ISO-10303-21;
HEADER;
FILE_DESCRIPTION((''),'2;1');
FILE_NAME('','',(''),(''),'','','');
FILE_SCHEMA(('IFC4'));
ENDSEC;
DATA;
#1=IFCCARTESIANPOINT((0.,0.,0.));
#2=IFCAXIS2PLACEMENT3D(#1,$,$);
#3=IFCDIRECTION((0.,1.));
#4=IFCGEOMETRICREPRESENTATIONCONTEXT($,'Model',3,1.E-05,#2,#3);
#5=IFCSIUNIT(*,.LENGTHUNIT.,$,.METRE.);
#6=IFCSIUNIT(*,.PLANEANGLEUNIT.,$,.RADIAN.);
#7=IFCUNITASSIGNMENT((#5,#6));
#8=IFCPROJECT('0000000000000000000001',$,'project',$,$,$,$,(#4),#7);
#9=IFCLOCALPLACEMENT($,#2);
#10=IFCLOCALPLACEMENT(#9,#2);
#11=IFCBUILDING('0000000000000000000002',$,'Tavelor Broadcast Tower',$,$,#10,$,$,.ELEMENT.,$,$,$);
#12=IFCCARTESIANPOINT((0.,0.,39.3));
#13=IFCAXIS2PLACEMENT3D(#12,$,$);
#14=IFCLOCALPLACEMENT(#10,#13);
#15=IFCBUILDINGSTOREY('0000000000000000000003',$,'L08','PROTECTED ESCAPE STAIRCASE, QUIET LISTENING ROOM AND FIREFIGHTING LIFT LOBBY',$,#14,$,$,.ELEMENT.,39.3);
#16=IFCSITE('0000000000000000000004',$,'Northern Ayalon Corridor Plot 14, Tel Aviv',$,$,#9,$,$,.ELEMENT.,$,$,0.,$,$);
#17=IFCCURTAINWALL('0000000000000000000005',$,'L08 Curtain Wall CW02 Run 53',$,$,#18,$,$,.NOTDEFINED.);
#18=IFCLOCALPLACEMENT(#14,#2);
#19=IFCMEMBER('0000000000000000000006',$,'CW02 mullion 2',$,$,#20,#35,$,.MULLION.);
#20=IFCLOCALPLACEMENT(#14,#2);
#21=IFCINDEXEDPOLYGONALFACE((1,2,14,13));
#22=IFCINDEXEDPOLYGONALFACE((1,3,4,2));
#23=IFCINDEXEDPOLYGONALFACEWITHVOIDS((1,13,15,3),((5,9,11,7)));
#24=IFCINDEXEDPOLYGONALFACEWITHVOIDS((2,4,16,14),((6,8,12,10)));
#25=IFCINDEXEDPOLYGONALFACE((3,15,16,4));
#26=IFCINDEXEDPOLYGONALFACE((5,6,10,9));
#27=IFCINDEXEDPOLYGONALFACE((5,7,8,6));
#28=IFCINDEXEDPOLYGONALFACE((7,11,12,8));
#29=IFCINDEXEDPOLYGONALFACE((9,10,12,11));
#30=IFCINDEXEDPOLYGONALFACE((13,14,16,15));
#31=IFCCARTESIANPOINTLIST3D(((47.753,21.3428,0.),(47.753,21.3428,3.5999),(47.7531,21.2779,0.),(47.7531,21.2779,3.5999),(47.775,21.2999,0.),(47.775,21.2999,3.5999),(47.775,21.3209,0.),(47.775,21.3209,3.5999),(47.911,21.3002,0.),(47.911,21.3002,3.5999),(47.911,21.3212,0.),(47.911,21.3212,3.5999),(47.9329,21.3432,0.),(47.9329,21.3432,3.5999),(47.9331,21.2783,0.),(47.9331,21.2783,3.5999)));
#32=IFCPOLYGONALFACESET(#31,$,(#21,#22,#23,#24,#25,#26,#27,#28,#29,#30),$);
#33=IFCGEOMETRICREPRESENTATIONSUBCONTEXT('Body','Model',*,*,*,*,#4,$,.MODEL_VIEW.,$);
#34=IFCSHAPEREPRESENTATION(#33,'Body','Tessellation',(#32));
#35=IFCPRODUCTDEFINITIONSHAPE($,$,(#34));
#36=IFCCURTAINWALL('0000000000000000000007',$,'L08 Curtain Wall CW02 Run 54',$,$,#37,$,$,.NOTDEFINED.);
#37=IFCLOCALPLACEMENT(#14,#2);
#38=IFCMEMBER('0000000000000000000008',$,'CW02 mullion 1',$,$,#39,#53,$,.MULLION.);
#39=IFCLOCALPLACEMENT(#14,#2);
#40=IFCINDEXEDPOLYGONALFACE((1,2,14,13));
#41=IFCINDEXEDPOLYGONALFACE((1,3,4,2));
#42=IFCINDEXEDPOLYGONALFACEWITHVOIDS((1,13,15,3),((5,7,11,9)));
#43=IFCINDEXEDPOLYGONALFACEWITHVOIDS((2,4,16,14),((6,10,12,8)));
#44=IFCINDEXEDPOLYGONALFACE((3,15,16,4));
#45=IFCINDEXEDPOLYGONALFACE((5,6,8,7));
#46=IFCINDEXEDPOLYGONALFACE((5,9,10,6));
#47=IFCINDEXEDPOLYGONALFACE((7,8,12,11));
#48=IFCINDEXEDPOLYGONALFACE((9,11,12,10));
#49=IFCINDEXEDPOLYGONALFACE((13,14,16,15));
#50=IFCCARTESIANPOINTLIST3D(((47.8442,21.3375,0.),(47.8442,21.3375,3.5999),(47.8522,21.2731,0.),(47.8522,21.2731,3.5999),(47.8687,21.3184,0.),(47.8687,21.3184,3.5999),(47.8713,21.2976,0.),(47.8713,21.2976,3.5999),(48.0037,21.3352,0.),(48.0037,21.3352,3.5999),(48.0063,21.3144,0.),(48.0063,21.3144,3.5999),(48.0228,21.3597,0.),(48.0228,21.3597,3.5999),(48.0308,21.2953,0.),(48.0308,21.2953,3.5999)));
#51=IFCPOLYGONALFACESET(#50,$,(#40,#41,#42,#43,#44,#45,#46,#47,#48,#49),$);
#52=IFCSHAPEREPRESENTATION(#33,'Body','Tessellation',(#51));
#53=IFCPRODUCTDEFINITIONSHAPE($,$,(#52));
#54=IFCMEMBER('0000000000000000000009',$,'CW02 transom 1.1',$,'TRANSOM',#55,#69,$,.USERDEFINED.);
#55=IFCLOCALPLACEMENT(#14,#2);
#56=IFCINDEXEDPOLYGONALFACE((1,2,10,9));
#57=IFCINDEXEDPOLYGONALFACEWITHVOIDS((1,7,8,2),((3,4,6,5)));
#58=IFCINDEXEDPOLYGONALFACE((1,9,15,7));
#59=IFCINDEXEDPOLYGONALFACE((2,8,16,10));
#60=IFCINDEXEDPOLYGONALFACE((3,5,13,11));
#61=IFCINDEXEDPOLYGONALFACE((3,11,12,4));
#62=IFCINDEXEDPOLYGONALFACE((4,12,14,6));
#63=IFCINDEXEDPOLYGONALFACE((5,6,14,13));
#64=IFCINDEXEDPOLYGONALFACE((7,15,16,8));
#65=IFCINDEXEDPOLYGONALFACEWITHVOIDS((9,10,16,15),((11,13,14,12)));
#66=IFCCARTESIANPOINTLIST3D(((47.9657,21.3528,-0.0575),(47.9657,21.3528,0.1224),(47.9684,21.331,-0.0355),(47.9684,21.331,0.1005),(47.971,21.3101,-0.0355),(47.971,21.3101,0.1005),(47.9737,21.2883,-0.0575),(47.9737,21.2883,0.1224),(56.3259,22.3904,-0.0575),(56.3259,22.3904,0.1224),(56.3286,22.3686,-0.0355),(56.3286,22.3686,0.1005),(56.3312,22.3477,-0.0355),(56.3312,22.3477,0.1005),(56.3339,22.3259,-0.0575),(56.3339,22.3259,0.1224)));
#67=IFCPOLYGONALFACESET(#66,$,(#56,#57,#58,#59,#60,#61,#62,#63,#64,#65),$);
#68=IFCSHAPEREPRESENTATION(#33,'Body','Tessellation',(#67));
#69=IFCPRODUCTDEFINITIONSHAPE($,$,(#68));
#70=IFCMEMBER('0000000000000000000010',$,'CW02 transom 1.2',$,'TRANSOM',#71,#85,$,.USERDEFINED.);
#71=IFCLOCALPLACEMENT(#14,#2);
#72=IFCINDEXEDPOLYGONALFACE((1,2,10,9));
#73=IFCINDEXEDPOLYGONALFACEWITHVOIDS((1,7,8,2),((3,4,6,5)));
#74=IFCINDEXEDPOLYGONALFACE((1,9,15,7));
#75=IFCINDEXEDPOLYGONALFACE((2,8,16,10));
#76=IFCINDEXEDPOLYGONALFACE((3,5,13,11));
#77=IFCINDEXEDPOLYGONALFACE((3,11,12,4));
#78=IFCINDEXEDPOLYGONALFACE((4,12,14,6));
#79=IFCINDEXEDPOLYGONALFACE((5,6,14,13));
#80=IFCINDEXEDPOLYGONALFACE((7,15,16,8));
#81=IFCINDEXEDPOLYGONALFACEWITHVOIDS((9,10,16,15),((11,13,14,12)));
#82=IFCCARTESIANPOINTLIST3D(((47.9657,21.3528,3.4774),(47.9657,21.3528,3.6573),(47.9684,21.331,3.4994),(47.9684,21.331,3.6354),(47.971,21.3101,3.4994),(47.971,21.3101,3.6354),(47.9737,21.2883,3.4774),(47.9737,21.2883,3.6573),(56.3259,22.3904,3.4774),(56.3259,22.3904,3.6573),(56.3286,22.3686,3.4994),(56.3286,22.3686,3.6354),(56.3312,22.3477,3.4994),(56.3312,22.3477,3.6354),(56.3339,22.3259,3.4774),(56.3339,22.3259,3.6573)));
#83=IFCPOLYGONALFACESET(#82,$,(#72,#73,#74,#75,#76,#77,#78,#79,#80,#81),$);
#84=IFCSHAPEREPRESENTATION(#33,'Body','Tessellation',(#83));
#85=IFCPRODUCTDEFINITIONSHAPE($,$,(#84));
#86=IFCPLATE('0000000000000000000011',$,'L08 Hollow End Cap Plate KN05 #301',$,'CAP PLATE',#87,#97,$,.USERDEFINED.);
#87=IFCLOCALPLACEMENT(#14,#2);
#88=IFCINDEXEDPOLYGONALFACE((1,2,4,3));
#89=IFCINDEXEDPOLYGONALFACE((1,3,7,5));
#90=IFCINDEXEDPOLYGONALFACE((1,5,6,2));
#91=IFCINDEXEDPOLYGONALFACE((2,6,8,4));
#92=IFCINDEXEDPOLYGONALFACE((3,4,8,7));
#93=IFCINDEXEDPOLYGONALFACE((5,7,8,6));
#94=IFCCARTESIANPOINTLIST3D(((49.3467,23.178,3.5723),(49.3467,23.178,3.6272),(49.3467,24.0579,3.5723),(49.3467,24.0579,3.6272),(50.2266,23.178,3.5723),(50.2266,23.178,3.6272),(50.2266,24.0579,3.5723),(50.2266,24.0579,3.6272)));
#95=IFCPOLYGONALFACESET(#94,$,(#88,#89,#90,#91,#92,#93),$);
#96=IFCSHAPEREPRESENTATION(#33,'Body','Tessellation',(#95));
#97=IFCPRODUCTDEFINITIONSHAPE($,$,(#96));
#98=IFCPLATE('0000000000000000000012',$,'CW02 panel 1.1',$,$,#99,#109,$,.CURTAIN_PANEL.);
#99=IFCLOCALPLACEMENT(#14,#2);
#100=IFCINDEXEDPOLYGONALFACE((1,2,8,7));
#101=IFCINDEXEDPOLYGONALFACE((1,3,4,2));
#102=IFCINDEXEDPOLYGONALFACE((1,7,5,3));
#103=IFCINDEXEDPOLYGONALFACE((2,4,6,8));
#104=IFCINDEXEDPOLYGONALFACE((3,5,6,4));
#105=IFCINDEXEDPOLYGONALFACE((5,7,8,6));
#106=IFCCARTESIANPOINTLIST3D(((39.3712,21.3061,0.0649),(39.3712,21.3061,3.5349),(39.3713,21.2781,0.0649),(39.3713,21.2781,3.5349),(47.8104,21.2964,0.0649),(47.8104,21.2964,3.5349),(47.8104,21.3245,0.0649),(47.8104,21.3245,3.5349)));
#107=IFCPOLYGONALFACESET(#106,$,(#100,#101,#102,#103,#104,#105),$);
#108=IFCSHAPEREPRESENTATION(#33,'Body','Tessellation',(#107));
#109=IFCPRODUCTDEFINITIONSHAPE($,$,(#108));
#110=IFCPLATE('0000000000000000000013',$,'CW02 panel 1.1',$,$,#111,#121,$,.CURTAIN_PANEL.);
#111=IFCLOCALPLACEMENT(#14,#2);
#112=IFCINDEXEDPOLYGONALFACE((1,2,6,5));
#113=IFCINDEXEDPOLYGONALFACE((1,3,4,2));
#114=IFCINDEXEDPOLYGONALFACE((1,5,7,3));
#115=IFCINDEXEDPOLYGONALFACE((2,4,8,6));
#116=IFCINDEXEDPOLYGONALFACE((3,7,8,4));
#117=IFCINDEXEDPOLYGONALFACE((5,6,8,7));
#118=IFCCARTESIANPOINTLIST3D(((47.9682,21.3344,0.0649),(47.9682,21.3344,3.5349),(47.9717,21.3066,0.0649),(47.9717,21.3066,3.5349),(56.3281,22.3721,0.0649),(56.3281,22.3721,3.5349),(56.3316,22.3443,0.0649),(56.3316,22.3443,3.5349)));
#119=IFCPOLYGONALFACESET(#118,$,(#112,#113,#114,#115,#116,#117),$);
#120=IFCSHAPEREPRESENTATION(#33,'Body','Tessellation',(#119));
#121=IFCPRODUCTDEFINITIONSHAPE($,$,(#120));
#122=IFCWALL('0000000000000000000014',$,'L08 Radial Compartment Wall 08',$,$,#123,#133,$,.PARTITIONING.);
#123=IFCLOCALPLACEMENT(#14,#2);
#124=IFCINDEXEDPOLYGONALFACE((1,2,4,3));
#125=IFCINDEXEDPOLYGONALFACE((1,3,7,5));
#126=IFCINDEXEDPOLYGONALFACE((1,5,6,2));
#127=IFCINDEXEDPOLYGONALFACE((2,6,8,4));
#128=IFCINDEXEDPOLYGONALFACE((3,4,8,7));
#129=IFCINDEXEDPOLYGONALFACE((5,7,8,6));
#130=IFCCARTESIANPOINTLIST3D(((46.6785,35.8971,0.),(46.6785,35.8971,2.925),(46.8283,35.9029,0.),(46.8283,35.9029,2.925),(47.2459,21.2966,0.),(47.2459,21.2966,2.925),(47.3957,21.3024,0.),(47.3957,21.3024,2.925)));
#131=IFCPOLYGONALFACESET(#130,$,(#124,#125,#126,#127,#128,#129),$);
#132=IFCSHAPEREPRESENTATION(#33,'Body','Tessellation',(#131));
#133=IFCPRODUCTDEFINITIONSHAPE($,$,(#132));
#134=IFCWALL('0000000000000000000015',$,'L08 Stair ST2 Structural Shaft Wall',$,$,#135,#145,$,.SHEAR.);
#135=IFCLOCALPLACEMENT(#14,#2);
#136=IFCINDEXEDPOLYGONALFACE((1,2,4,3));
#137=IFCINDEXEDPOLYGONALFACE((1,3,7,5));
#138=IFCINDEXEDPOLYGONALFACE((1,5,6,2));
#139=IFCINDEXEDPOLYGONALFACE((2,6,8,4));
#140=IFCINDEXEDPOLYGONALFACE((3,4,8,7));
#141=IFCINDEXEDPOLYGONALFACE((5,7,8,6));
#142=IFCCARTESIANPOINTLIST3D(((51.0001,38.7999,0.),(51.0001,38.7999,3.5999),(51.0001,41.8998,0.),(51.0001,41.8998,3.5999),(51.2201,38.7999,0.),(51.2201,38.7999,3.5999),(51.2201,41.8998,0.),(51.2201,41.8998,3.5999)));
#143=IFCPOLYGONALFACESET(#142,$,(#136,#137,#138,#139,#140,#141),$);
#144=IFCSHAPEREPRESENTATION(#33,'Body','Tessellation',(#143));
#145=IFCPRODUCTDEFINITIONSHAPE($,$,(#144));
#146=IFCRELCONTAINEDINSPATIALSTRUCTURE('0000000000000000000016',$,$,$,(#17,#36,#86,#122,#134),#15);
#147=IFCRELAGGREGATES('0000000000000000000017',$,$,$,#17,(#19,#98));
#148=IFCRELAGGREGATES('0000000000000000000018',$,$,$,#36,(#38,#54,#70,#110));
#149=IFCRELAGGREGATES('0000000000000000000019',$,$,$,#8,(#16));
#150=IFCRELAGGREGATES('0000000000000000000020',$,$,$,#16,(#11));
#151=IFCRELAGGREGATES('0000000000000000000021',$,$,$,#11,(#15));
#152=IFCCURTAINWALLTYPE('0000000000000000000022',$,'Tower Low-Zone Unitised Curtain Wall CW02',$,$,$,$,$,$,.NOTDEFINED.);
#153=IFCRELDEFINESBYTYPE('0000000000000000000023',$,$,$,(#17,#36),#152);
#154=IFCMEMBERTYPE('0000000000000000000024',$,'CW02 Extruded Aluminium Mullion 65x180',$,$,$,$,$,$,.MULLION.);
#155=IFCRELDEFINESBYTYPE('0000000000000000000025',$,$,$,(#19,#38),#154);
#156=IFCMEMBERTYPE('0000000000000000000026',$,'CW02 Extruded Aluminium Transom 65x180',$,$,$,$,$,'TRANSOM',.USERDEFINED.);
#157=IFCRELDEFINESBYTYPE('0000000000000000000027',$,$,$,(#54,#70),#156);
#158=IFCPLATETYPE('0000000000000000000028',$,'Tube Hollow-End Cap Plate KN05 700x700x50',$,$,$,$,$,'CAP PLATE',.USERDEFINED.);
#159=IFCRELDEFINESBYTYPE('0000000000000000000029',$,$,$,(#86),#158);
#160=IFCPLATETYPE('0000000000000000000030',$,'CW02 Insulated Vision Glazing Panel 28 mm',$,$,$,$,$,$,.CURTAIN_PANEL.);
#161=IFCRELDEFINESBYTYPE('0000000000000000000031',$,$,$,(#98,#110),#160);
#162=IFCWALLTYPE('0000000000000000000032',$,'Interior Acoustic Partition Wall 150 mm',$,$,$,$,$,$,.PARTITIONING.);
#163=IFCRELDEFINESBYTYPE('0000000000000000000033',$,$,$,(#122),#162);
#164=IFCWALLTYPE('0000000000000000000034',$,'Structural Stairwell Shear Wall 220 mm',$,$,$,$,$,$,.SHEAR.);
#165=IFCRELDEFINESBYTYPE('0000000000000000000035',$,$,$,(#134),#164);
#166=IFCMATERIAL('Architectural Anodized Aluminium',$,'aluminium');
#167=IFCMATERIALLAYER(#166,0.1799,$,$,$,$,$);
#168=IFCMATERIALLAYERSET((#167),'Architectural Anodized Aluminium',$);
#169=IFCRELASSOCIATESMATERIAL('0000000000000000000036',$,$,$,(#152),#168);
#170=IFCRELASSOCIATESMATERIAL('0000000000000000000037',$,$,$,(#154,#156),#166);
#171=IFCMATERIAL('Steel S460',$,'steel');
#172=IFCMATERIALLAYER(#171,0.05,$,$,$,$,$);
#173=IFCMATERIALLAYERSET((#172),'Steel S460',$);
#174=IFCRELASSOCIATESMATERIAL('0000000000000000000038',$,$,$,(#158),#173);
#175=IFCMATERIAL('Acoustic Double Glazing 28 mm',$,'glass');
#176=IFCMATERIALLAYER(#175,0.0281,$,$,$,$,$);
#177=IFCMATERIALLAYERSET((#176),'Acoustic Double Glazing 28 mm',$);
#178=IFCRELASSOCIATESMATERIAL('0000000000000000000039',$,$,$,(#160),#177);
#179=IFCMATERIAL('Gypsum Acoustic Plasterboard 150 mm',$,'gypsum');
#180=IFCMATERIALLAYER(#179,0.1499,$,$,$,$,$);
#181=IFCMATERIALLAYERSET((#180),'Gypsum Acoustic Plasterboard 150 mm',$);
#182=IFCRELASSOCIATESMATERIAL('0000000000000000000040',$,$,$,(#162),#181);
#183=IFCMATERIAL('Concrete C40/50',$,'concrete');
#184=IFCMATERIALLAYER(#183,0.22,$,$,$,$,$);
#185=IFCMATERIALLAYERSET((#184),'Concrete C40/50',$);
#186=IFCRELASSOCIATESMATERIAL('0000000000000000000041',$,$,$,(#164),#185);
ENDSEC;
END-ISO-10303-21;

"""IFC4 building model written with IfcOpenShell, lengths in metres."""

from ifc_helpers import new_model, si_unit, direction, frame, frame_2d, origin, origin_2d, place, context, subcontext, project, spatial, rectangle, hollow_rectangle, extrude, source, transform, mapped, material, layer, layer_set, material_profile, profile_set, type_object, type_shapes, element, aggregate, save


model = new_model("IFC4")

# Units and contexts
model_context = context("Model", 3, precision=1e-05, world=origin(), true_north=direction((0.0, 1.0)))
body_context = subcontext(model_context, "Body", "Model", "MODEL_VIEW")
ifc_project = project(units=[si_unit("LENGTHUNIT", "METRE"), si_unit("PLANEANGLEUNIT", "RADIAN")], contexts=[model_context])

# Site, building, storey
site_placement = place(None, origin())
site = spatial("IfcSite", under=ifc_project, at=site_placement, Name="Northern Ayalon Corridor Plot 14, Tel Aviv", CompositionType="ELEMENT", RefElevation=0.0)
building_placement = place(site_placement, origin())
building = spatial("IfcBuilding", under=site, at=building_placement, Name="Tavelor Broadcast Tower", CompositionType="ELEMENT")
storey_placement = place(building_placement, frame((0.0, 0.0, 39.3)))
storey = spatial("IfcBuildingStorey", under=building, at=storey_placement, Name="L08", Description="PROTECTED ESCAPE STAIRCASE, QUIET LISTENING ROOM AND FIREFIGHTING LIFT LOBBY", CompositionType="ELEMENT", Elevation=39.3)

# Shared definitions
ifc_material_1 = material(Name="Steel S460", Category="steel")

# Shared definitions
ifc_material_2 = material(Name="Concrete C40/50", Category="concrete")

# Curtain wall, member
ifc_material_3 = material(Name="Architectural Anodized Aluminium", Category="aluminium")
ifc_layer_1 = layer(ifc_material_3, 0.1799)
ifc_layer_set_1 = layer_set([ifc_layer_1], Name="Architectural Anodized Aluminium")
curtain_wall_type = type_object("IfcCurtainWallType", Name="Tower Low-Zone Unitised Curtain Wall CW02", PredefinedType="NOTDEFINED", material=ifc_layer_set_1)
curtain_wall_1_placement = place(storey_placement, origin())
curtain_wall_1 = element("IfcCurtainWall", 1, at=curtain_wall_1_placement, inside=storey, type_object=curtain_wall_type, Name="L08 Curtain Wall CW02 Run 53", PredefinedType="NOTDEFINED")
ifc_material_profile_1 = material_profile(ifc_material_3, hollow_rectangle(XDim=0.0649, YDim=0.1799, WallThickness=0.022, at=origin_2d()), Name="RHS 65x180x22")
ifc_profile_set_1 = profile_set([ifc_material_profile_1], Name="Architectural Anodized Aluminium")
member_type_1 = type_object("IfcMemberType", Name="CW02 Extruded Aluminium Mullion 65x180", PredefinedType="MULLION", material=ifc_profile_set_1)
shared_shape_1 = source(origin(), body_context, "Body", "SweptSolid", [
    extrude(hollow_rectangle(XDim=0.0649, YDim=0.1799, WallThickness=0.022, at=origin_2d()), origin(), (0.0, 0.0, 1.0), 3.5999),
])
type_shapes(member_type_1, [shared_shape_1])
member_1_placement = place(storey_placement, frame((47.843, 21.3105, 0.0), z_axis=(0.0, 0.0, 1.0), x_axis=(-0.002171, 0.999998, 0.0)))
member_1 = element("IfcMember", 2, at=member_1_placement, type_object=member_type_1, Name="CW02 mullion 2", PredefinedType="MULLION", context=body_context, shape_type="MappedRepresentation", body=[
    mapped(shared_shape_1, transform((0.0, 0.0, 0.0), scale=1.0)),
])

# Curtain wall, members
curtain_wall_2_placement = place(storey_placement, origin())
curtain_wall_2 = element("IfcCurtainWall", 3, at=curtain_wall_2_placement, inside=storey, type_object=curtain_wall_type, Name="L08 Curtain Wall CW02 Run 54", PredefinedType="NOTDEFINED")
member_2_placement = place(storey_placement, frame((47.9375, 21.3164, 0.0), z_axis=(0.0, 0.0, 1.0), x_axis=(-0.12318, 0.992384, 0.0)))
member_2 = element("IfcMember", 4, at=member_2_placement, type_object=member_type_1, Name="CW02 mullion 1", PredefinedType="MULLION", context=body_context, shape_type="MappedRepresentation", body=[
    mapped(shared_shape_1, transform((0.0, 0.0, 0.0), scale=1.0)),
])
ifc_material_profile_2 = material_profile(ifc_material_3, hollow_rectangle(XDim=0.0649, YDim=0.1799, WallThickness=0.022, at=origin_2d()), Name="RHS 65x180x22")
ifc_profile_set_2 = profile_set([ifc_material_profile_2], Name="Architectural Anodized Aluminium")
member_type_2 = type_object("IfcMemberType", Name="CW02 Extruded Aluminium Transom 65x180", ElementType="TRANSOM", PredefinedType="USERDEFINED", material=ifc_profile_set_2)
shared_shape_2 = source(origin(), body_context, "Body", "SweptSolid", [
    extrude(hollow_rectangle(XDim=0.0649, YDim=0.1799, WallThickness=0.022, at=origin_2d()), origin(), (0.0, 0.0, 1.0), 8.4243),
])
type_shapes(member_type_2, [shared_shape_2])
member_3_placement = place(storey_placement, frame((47.9697, 21.3206, 0.0325), z_axis=(0.992386, 0.123168, 0.0), x_axis=(-0.123168, 0.992386, 0.0)))
member_3 = element("IfcMember", 5, at=member_3_placement, type_object=member_type_2, Name="CW02 transom 1.1", ObjectType="TRANSOM", PredefinedType="USERDEFINED", context=body_context, shape_type="MappedRepresentation", body=[
    mapped(shared_shape_2, transform((0.0, 0.0, 0.0), scale=1.0)),
])
member_4_placement = place(storey_placement, frame((47.9697, 21.3206, 3.5674), z_axis=(0.992386, 0.123168, 0.0), x_axis=(-0.123168, 0.992386, 0.0)))
member_4 = element("IfcMember", 6, at=member_4_placement, type_object=member_type_2, Name="CW02 transom 1.2", ObjectType="TRANSOM", PredefinedType="USERDEFINED", context=body_context, shape_type="MappedRepresentation", body=[
    mapped(shared_shape_2, transform((0.0, 0.0, 0.0), scale=1.0)),
])

# Plates
ifc_layer_2 = layer(ifc_material_1, 0.05)
ifc_layer_set_2 = layer_set([ifc_layer_2], Name="Steel S460")
plate_type_1 = type_object("IfcPlateType", Name="Tube Hollow-End Cap Plate KN05 700x700x50", ElementType="CAP PLATE", PredefinedType="USERDEFINED", material=ifc_layer_set_2)
shared_shape_3 = source(origin(), body_context, "Body", "SweptSolid", [
    extrude(rectangle(XDim=0.8799, YDim=0.8799, at=origin_2d()), origin(), (0.0, 0.0, 1.0), 0.0549),
])
type_shapes(plate_type_1, [shared_shape_3])
plate_1_placement = place(storey_placement, frame((49.7866, 23.6179, 3.5723), z_axis=(0.0, 0.0, 1.0), x_axis=(1.0, 0.0, 0.0)))
element("IfcPlate", 7, at=plate_1_placement, inside=storey, type_object=plate_type_1, Name="L08 Hollow End Cap Plate KN05 #301", ObjectType="CAP PLATE", PredefinedType="USERDEFINED", context=body_context, shape_type="MappedRepresentation", body=[
    mapped(shared_shape_3, transform((0.0, 0.0, 0.0), scale=1.0)),
])
ifc_material_4 = material(Name="Acoustic Double Glazing 28 mm", Category="glass")
ifc_layer_3 = layer(ifc_material_4, 0.0281)
ifc_layer_set_3 = layer_set([ifc_layer_3], Name="Acoustic Double Glazing 28 mm")
plate_type_2 = type_object("IfcPlateType", Name="CW02 Insulated Vision Glazing Panel 28 mm", PredefinedType="CURTAIN_PANEL", material=ifc_layer_set_3)
shared_shape_4 = source(origin(), body_context, "Body", "SweptSolid", [
    extrude(rectangle(XDim=8.4392, YDim=0.0281, at=origin_2d()), origin(), (0.0, 0.0, 1.0), 3.47),
])
plate_2_placement = place(storey_placement, frame((43.5908, 21.3013, 0.0649), z_axis=(0.0, 0.0, 1.0), x_axis=(0.999998, 0.002171, 0.0)))
plate_2 = element("IfcPlate", 8, at=plate_2_placement, type_object=plate_type_2, Name="CW02 panel 1.1", PredefinedType="CURTAIN_PANEL", context=body_context, shape_type="MappedRepresentation", body=[
    mapped(shared_shape_4, transform((0.0, 0.0, 0.0), scale=1.0)),
])
aggregate(curtain_wall_1, [member_1, plate_2])
shared_shape_5 = source(origin(), body_context, "Body", "SweptSolid", [
    extrude(rectangle(XDim=8.4241, YDim=0.0281, at=origin_2d()), origin(), (0.0, 0.0, 1.0), 3.47),
])
type_shapes(plate_type_2, [shared_shape_4, shared_shape_5])
plate_3_placement = place(storey_placement, frame((52.1499, 21.8394, 0.0649), z_axis=(0.0, 0.0, 1.0), x_axis=(0.992384, 0.12318, 0.0)))
plate_3 = element("IfcPlate", 9, at=plate_3_placement, type_object=plate_type_2, Name="CW02 panel 1.1", PredefinedType="CURTAIN_PANEL", context=body_context, shape_type="MappedRepresentation", body=[
    mapped(shared_shape_5, transform((0.0, 0.0, 0.0), scale=1.0)),
])
aggregate(curtain_wall_2, [member_2, member_3, member_4, plate_3])

# Walls
ifc_material_5 = material(Name="Gypsum Acoustic Plasterboard 150 mm", Category="gypsum")
ifc_layer_4 = layer(ifc_material_5, 0.1499)
ifc_layer_set_4 = layer_set([ifc_layer_4], Name="Gypsum Acoustic Plasterboard 150 mm")
wall_type_1 = type_object("IfcWallType", Name="Interior Acoustic Partition Wall 150 mm", PredefinedType="PARTITIONING", material=ifc_layer_set_4)
wall_1_placement = place(storey_placement, frame((46.7534, 35.8999, 0.0), z_axis=(0.0, 0.0, 1.0), x_axis=(0.038831, -0.999246, 0.0)))
element("IfcWall", 10, at=wall_1_placement, inside=storey, type_object=wall_type_1, Name="L08 Radial Compartment Wall 08", PredefinedType="PARTITIONING", context=body_context, shape_type="SweptSolid", body=[
    extrude(rectangle(XDim=14.6116, YDim=0.1499, at=frame_2d((7.3057, 0.0))), origin(), (0.0, 0.0, 1.0), 2.925),
])
ifc_layer_5 = layer(ifc_material_2, 0.22)
ifc_layer_set_5 = layer_set([ifc_layer_5], Name="Concrete C40/50")
wall_type_2 = type_object("IfcWallType", Name="Structural Stairwell Shear Wall 220 mm", PredefinedType="SHEAR", material=ifc_layer_set_5)
wall_2_placement = place(storey_placement, frame((51.1101, 38.8, 0.0), z_axis=(0.0, 0.0, 1.0), x_axis=(0.0, 1.0, 0.0)))
element("IfcWall", 11, at=wall_2_placement, inside=storey, type_object=wall_type_2, Name="L08 Stair ST2 Structural Shaft Wall", PredefinedType="SHEAR", context=body_context, shape_type="SweptSolid", body=[
    extrude(rectangle(XDim=3.0999, YDim=0.22, at=frame_2d((1.5498, 0.0))), origin(), (0.0, 0.0, 1.0), 3.5999),
])

save(model, "model.ifc")
